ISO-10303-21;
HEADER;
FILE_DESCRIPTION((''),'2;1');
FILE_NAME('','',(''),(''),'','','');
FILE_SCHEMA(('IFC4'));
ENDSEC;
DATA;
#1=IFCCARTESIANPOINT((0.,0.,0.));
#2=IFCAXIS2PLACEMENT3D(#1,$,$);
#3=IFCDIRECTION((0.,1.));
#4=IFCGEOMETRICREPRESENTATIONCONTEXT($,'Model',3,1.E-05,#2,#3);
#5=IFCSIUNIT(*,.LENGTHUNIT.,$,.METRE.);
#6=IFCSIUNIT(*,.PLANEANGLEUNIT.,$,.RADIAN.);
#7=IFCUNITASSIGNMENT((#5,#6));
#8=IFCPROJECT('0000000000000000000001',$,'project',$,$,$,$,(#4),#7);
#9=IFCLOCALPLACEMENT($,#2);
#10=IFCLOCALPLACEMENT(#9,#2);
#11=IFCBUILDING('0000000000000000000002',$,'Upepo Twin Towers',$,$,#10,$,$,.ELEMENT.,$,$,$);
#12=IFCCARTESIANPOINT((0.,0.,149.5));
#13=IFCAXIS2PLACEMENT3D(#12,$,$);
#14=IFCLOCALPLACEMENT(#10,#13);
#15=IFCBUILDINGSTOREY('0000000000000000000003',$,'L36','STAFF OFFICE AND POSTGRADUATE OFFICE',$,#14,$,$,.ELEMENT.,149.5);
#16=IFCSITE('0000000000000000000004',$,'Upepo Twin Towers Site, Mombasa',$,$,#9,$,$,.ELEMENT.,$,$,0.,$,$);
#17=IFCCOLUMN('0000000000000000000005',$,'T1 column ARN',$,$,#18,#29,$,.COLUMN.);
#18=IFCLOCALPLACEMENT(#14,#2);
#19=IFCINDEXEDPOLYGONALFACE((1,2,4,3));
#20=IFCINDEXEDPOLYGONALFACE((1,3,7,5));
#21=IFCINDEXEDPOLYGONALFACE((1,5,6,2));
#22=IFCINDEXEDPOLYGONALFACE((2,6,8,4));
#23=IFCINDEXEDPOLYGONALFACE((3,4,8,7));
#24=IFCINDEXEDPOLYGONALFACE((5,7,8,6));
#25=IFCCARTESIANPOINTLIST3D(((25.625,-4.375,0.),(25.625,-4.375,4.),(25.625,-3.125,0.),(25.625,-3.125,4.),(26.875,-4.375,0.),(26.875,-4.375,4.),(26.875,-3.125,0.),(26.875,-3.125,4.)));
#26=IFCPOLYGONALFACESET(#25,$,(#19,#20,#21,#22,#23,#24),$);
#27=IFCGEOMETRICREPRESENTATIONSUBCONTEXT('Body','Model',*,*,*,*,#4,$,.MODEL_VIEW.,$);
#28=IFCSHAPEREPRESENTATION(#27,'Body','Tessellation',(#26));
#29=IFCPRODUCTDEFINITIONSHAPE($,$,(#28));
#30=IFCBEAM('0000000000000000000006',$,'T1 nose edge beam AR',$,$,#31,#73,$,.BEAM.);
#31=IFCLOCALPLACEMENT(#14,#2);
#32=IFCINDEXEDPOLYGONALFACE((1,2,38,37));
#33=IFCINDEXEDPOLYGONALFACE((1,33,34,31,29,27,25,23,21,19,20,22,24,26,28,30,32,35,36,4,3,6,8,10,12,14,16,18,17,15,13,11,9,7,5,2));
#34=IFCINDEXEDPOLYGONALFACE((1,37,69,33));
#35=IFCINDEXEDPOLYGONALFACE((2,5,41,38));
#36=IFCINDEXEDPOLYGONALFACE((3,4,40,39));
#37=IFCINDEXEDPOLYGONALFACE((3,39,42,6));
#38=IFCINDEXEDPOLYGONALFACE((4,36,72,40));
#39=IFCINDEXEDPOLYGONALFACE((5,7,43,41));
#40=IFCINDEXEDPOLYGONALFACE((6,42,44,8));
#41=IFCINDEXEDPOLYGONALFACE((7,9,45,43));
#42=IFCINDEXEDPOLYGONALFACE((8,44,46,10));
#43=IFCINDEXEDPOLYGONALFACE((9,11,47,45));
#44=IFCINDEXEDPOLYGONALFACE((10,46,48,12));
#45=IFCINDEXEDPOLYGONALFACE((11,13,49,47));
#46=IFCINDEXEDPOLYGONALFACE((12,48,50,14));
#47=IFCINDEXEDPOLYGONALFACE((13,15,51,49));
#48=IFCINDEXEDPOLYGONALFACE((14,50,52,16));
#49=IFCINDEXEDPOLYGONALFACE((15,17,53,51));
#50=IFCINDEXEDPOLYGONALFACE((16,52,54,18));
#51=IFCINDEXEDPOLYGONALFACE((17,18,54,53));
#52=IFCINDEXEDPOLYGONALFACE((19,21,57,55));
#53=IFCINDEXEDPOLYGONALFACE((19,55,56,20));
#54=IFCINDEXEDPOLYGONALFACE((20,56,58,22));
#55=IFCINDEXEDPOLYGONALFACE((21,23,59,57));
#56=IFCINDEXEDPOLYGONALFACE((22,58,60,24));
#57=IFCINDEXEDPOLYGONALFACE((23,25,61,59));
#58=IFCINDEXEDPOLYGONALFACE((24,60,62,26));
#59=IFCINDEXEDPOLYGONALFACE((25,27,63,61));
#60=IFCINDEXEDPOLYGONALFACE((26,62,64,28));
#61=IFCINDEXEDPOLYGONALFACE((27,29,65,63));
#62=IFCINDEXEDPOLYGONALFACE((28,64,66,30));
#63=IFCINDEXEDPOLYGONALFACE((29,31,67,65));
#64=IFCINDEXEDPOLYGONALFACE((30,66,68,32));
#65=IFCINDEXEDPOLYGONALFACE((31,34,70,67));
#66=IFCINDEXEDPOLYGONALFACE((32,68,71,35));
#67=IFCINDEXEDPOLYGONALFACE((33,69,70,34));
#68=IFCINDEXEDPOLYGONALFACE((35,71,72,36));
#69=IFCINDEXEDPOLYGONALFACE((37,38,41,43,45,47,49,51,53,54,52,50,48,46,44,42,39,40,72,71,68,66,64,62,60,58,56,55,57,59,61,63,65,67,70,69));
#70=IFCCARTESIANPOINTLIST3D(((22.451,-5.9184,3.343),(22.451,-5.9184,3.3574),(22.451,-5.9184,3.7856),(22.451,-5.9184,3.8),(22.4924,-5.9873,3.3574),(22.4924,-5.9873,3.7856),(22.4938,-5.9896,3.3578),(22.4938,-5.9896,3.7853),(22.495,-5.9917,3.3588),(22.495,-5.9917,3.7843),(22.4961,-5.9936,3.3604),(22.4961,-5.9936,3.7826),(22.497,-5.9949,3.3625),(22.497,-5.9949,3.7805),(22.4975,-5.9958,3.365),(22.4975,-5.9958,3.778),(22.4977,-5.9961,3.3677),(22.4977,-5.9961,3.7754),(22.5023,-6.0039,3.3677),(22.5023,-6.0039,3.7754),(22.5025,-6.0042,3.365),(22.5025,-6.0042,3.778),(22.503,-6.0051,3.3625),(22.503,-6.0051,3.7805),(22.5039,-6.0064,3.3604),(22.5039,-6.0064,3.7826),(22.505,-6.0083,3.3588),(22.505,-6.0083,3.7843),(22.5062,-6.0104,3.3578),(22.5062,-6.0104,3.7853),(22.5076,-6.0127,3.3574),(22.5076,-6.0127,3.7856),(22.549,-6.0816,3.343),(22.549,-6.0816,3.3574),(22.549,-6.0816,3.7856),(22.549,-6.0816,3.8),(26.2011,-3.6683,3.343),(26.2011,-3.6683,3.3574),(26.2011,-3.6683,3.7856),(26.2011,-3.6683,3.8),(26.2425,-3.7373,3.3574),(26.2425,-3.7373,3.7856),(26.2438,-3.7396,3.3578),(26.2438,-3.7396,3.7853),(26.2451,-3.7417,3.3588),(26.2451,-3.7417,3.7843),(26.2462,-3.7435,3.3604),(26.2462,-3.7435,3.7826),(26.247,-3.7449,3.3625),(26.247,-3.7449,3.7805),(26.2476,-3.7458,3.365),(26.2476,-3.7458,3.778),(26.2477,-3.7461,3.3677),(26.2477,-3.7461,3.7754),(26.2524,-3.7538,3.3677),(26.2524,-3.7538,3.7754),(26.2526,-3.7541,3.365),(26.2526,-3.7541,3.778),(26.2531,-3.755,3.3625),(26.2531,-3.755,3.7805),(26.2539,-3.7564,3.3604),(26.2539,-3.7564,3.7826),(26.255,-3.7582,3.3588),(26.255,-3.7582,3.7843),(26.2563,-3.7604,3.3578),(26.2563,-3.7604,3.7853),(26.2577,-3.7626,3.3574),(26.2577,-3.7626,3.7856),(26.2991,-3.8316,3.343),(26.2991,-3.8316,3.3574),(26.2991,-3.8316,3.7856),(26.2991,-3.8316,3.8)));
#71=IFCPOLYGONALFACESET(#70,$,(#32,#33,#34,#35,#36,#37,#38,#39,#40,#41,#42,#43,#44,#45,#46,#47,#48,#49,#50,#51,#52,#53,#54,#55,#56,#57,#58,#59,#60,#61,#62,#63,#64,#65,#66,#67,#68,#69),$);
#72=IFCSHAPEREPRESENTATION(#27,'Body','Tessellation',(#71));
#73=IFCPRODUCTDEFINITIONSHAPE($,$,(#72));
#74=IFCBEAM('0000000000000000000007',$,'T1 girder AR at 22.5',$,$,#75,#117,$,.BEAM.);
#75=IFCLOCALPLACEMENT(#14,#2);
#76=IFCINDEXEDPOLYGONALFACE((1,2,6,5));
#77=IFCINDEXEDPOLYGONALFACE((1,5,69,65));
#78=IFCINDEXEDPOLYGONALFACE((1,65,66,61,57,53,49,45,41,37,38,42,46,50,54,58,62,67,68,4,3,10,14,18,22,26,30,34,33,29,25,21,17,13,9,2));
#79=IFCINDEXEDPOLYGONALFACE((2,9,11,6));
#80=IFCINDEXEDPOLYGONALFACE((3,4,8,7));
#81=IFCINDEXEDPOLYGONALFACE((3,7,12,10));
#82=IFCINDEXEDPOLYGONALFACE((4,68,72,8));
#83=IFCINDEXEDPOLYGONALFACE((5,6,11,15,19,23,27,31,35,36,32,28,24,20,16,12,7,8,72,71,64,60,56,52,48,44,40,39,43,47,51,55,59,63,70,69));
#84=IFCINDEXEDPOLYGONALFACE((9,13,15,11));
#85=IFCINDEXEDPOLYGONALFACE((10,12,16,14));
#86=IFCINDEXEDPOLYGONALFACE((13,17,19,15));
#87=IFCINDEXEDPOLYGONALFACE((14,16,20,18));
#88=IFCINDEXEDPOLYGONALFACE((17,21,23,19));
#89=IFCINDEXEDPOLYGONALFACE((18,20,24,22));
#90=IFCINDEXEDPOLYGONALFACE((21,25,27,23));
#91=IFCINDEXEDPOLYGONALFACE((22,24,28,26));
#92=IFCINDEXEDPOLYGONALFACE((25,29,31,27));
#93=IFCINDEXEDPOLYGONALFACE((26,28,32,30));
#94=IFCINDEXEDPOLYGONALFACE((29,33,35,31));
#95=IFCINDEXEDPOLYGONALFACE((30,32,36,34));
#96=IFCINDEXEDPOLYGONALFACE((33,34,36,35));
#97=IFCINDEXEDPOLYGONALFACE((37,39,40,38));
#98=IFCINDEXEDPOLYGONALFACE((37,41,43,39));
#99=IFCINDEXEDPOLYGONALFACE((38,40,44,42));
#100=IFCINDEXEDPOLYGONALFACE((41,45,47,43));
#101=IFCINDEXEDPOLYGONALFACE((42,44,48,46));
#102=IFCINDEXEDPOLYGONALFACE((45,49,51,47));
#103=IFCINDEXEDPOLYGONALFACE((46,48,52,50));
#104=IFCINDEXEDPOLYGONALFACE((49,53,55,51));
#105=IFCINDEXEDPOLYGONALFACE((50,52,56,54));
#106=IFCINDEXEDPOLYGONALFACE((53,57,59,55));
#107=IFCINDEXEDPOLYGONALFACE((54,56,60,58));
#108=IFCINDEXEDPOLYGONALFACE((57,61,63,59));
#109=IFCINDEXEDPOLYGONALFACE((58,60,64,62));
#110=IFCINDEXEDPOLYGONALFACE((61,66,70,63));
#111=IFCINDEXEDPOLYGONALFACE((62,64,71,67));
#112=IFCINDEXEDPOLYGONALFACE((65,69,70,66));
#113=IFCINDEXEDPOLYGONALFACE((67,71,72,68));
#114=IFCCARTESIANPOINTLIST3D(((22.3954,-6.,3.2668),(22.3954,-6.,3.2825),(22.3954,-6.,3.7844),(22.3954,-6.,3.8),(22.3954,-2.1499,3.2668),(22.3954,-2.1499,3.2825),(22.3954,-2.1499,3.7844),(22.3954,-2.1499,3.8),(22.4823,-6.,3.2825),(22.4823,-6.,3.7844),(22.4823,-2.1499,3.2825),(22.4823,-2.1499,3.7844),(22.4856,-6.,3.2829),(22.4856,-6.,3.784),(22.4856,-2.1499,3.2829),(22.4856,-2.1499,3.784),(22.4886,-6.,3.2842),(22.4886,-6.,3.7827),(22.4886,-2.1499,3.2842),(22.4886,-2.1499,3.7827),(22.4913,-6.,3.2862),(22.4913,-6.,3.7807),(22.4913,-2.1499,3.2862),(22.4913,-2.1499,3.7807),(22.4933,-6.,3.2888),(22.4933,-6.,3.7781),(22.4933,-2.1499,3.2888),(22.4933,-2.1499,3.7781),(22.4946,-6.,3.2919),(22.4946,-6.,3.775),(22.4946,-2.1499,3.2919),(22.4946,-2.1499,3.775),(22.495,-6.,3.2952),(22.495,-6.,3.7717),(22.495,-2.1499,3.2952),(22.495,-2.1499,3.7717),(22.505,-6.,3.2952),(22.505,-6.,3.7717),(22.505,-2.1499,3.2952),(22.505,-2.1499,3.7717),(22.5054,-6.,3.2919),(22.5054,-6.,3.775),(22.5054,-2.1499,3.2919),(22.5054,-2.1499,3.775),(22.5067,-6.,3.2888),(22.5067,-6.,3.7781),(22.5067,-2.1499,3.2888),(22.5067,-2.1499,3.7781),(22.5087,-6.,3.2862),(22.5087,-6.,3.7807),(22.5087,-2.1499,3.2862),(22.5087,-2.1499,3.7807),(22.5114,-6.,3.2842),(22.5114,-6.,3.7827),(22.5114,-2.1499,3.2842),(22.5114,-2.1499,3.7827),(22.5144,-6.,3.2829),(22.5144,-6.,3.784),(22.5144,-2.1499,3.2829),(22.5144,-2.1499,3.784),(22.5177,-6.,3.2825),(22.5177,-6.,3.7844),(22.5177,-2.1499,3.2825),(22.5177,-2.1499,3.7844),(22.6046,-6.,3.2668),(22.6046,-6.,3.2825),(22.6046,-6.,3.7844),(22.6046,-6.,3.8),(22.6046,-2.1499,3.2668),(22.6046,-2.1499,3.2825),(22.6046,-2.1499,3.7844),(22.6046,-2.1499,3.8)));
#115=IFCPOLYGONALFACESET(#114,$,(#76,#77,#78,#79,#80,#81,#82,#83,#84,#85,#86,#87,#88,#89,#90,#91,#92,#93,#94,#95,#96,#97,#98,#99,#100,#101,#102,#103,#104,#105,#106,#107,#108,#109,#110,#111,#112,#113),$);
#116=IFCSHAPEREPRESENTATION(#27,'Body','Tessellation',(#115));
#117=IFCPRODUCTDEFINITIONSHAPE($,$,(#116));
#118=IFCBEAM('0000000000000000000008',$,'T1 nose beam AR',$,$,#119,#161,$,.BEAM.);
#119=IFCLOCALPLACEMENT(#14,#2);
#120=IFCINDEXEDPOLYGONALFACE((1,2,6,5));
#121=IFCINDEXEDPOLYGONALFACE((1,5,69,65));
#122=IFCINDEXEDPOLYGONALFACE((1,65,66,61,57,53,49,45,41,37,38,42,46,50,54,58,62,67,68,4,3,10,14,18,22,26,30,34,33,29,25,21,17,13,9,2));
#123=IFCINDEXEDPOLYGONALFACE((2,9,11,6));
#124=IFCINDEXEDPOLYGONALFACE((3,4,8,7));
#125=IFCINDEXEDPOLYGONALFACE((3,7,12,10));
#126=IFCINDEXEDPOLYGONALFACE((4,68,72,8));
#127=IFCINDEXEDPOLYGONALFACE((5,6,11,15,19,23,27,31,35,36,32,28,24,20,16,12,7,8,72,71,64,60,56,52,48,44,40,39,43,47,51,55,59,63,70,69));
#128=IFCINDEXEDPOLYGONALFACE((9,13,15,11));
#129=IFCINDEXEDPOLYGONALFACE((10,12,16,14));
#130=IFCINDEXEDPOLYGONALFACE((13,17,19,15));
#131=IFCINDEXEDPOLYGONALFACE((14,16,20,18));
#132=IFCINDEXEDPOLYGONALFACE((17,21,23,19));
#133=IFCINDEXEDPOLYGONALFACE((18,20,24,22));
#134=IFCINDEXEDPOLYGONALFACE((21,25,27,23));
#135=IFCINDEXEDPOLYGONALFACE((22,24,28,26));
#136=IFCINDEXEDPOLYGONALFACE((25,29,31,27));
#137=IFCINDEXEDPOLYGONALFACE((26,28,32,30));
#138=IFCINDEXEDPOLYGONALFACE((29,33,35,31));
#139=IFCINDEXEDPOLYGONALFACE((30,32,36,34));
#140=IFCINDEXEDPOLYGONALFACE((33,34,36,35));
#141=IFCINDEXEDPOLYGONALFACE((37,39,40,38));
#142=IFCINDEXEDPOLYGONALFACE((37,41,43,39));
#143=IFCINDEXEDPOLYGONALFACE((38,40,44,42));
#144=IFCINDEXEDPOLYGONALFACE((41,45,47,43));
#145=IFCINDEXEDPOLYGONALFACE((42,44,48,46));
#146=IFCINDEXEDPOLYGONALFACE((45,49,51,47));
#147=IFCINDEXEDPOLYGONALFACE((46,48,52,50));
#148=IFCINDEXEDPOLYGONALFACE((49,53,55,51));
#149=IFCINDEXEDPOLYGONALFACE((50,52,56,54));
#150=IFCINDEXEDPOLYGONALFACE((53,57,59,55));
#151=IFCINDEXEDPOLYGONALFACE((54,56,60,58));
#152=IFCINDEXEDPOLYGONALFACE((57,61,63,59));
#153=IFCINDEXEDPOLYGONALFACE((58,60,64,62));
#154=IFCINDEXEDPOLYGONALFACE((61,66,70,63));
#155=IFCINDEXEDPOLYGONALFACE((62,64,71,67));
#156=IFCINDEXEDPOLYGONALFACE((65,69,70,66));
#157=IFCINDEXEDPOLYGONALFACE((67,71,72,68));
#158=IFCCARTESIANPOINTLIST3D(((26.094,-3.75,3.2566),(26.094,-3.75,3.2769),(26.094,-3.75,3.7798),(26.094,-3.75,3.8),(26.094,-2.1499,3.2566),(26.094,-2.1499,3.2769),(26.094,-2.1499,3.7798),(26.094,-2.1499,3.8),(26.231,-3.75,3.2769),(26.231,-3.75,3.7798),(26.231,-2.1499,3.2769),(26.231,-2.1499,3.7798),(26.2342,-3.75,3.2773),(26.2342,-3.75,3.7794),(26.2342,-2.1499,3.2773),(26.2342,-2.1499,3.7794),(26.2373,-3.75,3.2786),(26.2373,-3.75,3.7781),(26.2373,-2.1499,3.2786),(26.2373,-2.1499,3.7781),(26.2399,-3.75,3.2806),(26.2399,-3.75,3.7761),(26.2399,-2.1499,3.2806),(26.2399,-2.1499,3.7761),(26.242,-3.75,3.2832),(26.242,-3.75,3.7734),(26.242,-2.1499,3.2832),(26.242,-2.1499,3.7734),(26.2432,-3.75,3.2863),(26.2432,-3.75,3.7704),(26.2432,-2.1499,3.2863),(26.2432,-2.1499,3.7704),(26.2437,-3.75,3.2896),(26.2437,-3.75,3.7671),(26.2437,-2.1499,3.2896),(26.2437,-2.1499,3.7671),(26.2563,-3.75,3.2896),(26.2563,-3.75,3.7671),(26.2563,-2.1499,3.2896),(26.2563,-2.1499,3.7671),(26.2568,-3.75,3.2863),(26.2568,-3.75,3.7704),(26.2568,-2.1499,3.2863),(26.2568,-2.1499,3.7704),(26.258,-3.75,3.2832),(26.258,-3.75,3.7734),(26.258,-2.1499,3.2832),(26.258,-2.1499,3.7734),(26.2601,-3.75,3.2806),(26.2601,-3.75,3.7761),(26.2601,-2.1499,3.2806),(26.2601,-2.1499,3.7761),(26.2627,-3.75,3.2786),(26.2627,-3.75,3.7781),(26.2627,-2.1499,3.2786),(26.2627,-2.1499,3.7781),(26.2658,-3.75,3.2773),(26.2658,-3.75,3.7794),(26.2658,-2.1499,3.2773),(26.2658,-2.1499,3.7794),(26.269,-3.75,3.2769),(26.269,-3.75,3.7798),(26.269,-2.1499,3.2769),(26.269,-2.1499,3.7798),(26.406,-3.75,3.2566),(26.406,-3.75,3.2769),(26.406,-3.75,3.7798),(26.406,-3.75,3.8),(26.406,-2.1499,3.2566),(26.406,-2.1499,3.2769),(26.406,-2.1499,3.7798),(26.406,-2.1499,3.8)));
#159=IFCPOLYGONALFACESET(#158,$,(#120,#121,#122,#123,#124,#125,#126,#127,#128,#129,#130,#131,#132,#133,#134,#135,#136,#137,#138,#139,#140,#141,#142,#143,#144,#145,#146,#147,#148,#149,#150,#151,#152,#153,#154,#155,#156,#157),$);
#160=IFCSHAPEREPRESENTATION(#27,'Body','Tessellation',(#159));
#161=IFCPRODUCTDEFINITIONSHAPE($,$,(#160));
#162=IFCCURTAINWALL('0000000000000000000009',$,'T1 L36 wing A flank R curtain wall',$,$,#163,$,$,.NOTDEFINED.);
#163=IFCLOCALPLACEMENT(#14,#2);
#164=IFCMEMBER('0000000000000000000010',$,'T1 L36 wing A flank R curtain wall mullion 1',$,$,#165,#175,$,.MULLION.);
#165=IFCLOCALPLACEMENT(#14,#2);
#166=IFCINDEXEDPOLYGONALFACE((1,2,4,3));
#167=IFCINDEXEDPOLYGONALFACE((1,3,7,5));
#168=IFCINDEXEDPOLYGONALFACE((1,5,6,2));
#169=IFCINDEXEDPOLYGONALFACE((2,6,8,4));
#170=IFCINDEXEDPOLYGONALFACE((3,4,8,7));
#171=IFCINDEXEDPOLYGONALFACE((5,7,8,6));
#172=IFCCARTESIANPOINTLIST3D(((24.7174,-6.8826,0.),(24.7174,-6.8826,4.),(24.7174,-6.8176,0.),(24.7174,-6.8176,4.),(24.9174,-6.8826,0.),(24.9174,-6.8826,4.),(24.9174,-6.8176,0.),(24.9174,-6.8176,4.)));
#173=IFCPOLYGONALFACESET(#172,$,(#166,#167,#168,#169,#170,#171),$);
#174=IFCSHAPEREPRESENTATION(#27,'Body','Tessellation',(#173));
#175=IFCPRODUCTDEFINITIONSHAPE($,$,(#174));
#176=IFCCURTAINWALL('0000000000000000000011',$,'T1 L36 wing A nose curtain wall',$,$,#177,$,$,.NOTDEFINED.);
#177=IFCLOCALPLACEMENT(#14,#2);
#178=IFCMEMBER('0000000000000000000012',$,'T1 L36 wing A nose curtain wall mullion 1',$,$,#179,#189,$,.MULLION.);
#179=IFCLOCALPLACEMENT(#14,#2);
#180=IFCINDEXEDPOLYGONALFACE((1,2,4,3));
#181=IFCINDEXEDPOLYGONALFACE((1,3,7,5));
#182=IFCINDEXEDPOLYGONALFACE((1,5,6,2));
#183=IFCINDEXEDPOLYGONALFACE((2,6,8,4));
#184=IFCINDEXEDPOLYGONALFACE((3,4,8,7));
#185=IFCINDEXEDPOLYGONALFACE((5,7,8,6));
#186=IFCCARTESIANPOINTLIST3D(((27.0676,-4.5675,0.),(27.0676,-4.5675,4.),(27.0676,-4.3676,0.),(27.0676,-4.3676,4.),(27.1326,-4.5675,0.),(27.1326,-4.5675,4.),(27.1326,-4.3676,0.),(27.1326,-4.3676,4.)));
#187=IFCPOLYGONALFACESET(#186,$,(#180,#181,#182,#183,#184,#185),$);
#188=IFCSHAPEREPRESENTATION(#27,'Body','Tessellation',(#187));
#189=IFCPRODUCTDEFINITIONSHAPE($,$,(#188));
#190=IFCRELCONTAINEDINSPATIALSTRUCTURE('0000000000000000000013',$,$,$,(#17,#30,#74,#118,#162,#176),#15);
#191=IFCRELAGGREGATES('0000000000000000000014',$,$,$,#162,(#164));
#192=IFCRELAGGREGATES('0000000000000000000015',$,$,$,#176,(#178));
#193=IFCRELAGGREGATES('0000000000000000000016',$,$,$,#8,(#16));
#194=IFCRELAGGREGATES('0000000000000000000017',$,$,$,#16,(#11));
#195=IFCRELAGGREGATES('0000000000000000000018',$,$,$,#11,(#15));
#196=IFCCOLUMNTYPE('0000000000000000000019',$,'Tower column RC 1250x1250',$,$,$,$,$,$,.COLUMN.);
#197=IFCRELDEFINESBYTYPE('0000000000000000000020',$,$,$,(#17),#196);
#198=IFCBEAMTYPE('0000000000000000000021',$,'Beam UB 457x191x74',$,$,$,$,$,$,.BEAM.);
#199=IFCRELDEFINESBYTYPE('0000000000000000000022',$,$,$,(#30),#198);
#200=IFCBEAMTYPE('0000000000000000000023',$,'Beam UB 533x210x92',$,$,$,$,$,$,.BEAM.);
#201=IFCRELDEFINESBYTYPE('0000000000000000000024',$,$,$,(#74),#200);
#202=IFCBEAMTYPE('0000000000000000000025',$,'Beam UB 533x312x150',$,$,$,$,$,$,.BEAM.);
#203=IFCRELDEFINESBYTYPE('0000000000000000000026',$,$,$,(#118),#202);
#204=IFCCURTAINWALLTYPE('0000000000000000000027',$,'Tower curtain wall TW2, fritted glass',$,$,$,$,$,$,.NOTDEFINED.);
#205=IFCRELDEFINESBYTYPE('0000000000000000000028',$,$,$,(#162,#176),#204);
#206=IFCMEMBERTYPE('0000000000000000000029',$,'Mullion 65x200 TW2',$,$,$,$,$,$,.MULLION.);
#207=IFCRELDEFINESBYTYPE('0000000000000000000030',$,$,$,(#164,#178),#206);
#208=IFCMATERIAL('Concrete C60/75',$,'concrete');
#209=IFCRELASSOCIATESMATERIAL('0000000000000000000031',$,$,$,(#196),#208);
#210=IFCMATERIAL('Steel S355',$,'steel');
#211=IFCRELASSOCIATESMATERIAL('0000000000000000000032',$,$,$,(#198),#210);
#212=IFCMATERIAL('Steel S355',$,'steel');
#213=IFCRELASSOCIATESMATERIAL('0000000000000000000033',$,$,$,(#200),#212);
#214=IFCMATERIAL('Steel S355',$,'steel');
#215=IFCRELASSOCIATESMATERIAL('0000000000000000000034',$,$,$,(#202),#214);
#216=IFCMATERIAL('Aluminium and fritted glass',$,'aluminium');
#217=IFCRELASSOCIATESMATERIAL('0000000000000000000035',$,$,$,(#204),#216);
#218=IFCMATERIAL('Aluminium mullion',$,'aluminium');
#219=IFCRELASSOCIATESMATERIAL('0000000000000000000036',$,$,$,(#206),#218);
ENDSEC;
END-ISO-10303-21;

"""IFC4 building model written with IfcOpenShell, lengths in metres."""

from ifc_helpers import new_model, si_unit, direction, frame, origin, origin_2d, place, context, subcontext, project, spatial, rectangle, i_section, extrude, material, material_profile, profile_set, type_object, element, aggregate, save


model = new_model("IFC4")

# Units and contexts
model_context = context("Model", 3, precision=1e-05, world=origin(), true_north=direction((0.0, 1.0)))
body_context = subcontext(model_context, "Body", "Model", "MODEL_VIEW")
ifc_project = project(units=[si_unit("LENGTHUNIT", "METRE"), si_unit("PLANEANGLEUNIT", "RADIAN")], contexts=[model_context])

# Site, building, storey
site_placement = place(None, origin())
site = spatial("IfcSite", under=ifc_project, at=site_placement, Name="Upepo Twin Towers Site, Mombasa", CompositionType="ELEMENT", RefElevation=0.0)
building_placement = place(site_placement, origin())
building = spatial("IfcBuilding", under=site, at=building_placement, Name="Upepo Twin Towers", CompositionType="ELEMENT")
storey_placement = place(building_placement, frame((0.0, 0.0, 149.5)))
storey = spatial("IfcBuildingStorey", under=building, at=storey_placement, Name="L36", Description="STAFF OFFICE AND POSTGRADUATE OFFICE", CompositionType="ELEMENT", Elevation=149.5)

# Column
ifc_material_1 = material(Name="Concrete C60/75", Category="concrete")
ifc_material_profile_1 = material_profile(ifc_material_1, rectangle(XDim=1.25, YDim=1.25, at=origin_2d()), Name="RC 1250x1250")
ifc_profile_set_1 = profile_set([ifc_material_profile_1], Name="Concrete C60/75")
column_type = type_object("IfcColumnType", Name="Tower column RC 1250x1250", PredefinedType="COLUMN", material=ifc_profile_set_1)
column_placement = place(storey_placement, frame((26.25, -3.75, 0.0), z_axis=(0.0, 0.0, 1.0), x_axis=(1.0, 0.0, 0.0)))
element("IfcColumn", 1, at=column_placement, inside=storey, type_object=column_type, Name="T1 column ARN", PredefinedType="COLUMN", context=body_context, shape_type="SweptSolid", body=[
    extrude(rectangle(XDim=1.25, YDim=1.25, at=origin_2d()), origin(), (0.0, 0.0, 1.0), 4.0),
])

# Beams
ifc_material_2 = material(Name="Steel S355", Category="steel")
ifc_material_profile_2 = material_profile(ifc_material_2, i_section(OverallWidth=0.1904, OverallDepth=0.457, WebThickness=0.009, FlangeThickness=0.0144, FilletRadius=0.0103, at=origin_2d()), Name="UB 457x191x74")
ifc_profile_set_2 = profile_set([ifc_material_profile_2], Name="Steel S355")
beam_type_1 = type_object("IfcBeamType", Name="Beam UB 457x191x74", PredefinedType="BEAM", material=ifc_profile_set_2)
beam_1_placement = place(storey_placement, frame((22.5, -6.0, 3.5715), z_axis=(0.857493, 0.514496, 0.0), x_axis=(-0.514496, 0.857493, 0.0)))
element("IfcBeam", 2, at=beam_1_placement, inside=storey, type_object=beam_type_1, Name="T1 nose edge beam AR", PredefinedType="BEAM", context=body_context, shape_type="SweptSolid", body=[
    extrude(i_section(OverallWidth=0.1904, OverallDepth=0.457, WebThickness=0.009, FlangeThickness=0.0144, FilletRadius=0.0103, at=origin_2d()), origin(), (0.0, 0.0, 1.0), 4.3733),
])
ifc_material_3 = material(Name="Steel S355", Category="steel")
ifc_material_profile_3 = material_profile(ifc_material_3, i_section(OverallWidth=0.2092, OverallDepth=0.5332, WebThickness=0.01, FlangeThickness=0.0156, FilletRadius=0.0127, at=origin_2d()), Name="UB 533x210x92")
ifc_profile_set_3 = profile_set([ifc_material_profile_3], Name="Steel S355")
beam_type_2 = type_object("IfcBeamType", Name="Beam UB 533x210x92", PredefinedType="BEAM", material=ifc_profile_set_3)
beam_2_placement = place(storey_placement, frame((22.5, -6.0, 3.5334), z_axis=(0.0, 1.0, 0.0), x_axis=(-1.0, 0.0, 0.0)))
element("IfcBeam", 3, at=beam_2_placement, inside=storey, type_object=beam_type_2, Name="T1 girder AR at 22.5", PredefinedType="BEAM", context=body_context, shape_type="SweptSolid", body=[
    extrude(i_section(OverallWidth=0.2092, OverallDepth=0.5332, WebThickness=0.01, FlangeThickness=0.0156, FilletRadius=0.0127, at=origin_2d()), origin(), (0.0, 0.0, 1.0), 3.8501),
])
ifc_material_4 = material(Name="Steel S355", Category="steel")
ifc_material_profile_4 = material_profile(ifc_material_4, i_section(OverallWidth=0.312, OverallDepth=0.5435, WebThickness=0.0127, FlangeThickness=0.0203, FilletRadius=0.0127, at=origin_2d()), Name="UB 533x312x150")
ifc_profile_set_4 = profile_set([ifc_material_profile_4], Name="Steel S355")
beam_type_3 = type_object("IfcBeamType", Name="Beam UB 533x312x150", PredefinedType="BEAM", material=ifc_profile_set_4)
beam_3_placement = place(storey_placement, frame((26.25, -3.75, 3.5283), z_axis=(0.0, 1.0, 0.0), x_axis=(-1.0, 0.0, 0.0)))
element("IfcBeam", 4, at=beam_3_placement, inside=storey, type_object=beam_type_3, Name="T1 nose beam AR", PredefinedType="BEAM", context=body_context, shape_type="SweptSolid", body=[
    extrude(i_section(OverallWidth=0.312, OverallDepth=0.5435, WebThickness=0.0127, FlangeThickness=0.0203, FilletRadius=0.0127, at=origin_2d()), origin(), (0.0, 0.0, 1.0), 1.6001),
])

# Curtain wall, member
ifc_material_5 = material(Name="Aluminium and fritted glass", Category="aluminium")
curtain_wall_type = type_object("IfcCurtainWallType", Name="Tower curtain wall TW2, fritted glass", PredefinedType="NOTDEFINED", material=ifc_material_5)
curtain_wall_1_placement = place(storey_placement, origin())
curtain_wall_1 = element("IfcCurtainWall", 5, at=curtain_wall_1_placement, inside=storey, type_object=curtain_wall_type, Name="T1 L36 wing A flank R curtain wall", PredefinedType="NOTDEFINED")
ifc_material_6 = material(Name="Aluminium mullion", Category="aluminium")
ifc_material_profile_5 = material_profile(ifc_material_6, rectangle(XDim=0.0649, YDim=0.2, at=origin_2d()), Name="MULLION 65x200")
ifc_profile_set_5 = profile_set([ifc_material_profile_5], Name="Aluminium mullion")
member_type_1 = type_object("IfcMemberType", Name="Mullion 65x200 TW2", PredefinedType="MULLION", material=ifc_profile_set_5)
member_1_placement = place(storey_placement, frame((24.8174, -6.8501, 0.0), z_axis=(0.0, 0.0, 1.0), x_axis=(0.0, -1.0, 0.0)))
member_1 = element("IfcMember", 6, at=member_1_placement, type_object=member_type_1, Name="T1 L36 wing A flank R curtain wall mullion 1", PredefinedType="MULLION", context=body_context, shape_type="SweptSolid", body=[
    extrude(rectangle(XDim=0.0649, YDim=0.2, at=origin_2d()), origin(), (0.0, 0.0, 1.0), 4.0),
])

# Curtain wall, member
curtain_wall_2_placement = place(storey_placement, origin())
curtain_wall_2 = element("IfcCurtainWall", 7, at=curtain_wall_2_placement, inside=storey, type_object=curtain_wall_type, Name="T1 L36 wing A nose curtain wall", PredefinedType="NOTDEFINED")
member_2_placement = place(storey_placement, frame((27.1001, -4.4675, 0.0), z_axis=(0.0, 0.0, 1.0), x_axis=(-1.0, 0.0, 0.0)))
member_2 = element("IfcMember", 8, at=member_2_placement, type_object=member_type_1, Name="T1 L36 wing A nose curtain wall mullion 1", PredefinedType="MULLION", context=body_context, shape_type="SweptSolid", body=[
    extrude(rectangle(XDim=0.0649, YDim=0.2, at=origin_2d()), origin(), (0.0, 0.0, 1.0), 4.0),
])

aggregate(curtain_wall_1, [member_1])
aggregate(curtain_wall_2, [member_2])

save(model, "model.ifc")
